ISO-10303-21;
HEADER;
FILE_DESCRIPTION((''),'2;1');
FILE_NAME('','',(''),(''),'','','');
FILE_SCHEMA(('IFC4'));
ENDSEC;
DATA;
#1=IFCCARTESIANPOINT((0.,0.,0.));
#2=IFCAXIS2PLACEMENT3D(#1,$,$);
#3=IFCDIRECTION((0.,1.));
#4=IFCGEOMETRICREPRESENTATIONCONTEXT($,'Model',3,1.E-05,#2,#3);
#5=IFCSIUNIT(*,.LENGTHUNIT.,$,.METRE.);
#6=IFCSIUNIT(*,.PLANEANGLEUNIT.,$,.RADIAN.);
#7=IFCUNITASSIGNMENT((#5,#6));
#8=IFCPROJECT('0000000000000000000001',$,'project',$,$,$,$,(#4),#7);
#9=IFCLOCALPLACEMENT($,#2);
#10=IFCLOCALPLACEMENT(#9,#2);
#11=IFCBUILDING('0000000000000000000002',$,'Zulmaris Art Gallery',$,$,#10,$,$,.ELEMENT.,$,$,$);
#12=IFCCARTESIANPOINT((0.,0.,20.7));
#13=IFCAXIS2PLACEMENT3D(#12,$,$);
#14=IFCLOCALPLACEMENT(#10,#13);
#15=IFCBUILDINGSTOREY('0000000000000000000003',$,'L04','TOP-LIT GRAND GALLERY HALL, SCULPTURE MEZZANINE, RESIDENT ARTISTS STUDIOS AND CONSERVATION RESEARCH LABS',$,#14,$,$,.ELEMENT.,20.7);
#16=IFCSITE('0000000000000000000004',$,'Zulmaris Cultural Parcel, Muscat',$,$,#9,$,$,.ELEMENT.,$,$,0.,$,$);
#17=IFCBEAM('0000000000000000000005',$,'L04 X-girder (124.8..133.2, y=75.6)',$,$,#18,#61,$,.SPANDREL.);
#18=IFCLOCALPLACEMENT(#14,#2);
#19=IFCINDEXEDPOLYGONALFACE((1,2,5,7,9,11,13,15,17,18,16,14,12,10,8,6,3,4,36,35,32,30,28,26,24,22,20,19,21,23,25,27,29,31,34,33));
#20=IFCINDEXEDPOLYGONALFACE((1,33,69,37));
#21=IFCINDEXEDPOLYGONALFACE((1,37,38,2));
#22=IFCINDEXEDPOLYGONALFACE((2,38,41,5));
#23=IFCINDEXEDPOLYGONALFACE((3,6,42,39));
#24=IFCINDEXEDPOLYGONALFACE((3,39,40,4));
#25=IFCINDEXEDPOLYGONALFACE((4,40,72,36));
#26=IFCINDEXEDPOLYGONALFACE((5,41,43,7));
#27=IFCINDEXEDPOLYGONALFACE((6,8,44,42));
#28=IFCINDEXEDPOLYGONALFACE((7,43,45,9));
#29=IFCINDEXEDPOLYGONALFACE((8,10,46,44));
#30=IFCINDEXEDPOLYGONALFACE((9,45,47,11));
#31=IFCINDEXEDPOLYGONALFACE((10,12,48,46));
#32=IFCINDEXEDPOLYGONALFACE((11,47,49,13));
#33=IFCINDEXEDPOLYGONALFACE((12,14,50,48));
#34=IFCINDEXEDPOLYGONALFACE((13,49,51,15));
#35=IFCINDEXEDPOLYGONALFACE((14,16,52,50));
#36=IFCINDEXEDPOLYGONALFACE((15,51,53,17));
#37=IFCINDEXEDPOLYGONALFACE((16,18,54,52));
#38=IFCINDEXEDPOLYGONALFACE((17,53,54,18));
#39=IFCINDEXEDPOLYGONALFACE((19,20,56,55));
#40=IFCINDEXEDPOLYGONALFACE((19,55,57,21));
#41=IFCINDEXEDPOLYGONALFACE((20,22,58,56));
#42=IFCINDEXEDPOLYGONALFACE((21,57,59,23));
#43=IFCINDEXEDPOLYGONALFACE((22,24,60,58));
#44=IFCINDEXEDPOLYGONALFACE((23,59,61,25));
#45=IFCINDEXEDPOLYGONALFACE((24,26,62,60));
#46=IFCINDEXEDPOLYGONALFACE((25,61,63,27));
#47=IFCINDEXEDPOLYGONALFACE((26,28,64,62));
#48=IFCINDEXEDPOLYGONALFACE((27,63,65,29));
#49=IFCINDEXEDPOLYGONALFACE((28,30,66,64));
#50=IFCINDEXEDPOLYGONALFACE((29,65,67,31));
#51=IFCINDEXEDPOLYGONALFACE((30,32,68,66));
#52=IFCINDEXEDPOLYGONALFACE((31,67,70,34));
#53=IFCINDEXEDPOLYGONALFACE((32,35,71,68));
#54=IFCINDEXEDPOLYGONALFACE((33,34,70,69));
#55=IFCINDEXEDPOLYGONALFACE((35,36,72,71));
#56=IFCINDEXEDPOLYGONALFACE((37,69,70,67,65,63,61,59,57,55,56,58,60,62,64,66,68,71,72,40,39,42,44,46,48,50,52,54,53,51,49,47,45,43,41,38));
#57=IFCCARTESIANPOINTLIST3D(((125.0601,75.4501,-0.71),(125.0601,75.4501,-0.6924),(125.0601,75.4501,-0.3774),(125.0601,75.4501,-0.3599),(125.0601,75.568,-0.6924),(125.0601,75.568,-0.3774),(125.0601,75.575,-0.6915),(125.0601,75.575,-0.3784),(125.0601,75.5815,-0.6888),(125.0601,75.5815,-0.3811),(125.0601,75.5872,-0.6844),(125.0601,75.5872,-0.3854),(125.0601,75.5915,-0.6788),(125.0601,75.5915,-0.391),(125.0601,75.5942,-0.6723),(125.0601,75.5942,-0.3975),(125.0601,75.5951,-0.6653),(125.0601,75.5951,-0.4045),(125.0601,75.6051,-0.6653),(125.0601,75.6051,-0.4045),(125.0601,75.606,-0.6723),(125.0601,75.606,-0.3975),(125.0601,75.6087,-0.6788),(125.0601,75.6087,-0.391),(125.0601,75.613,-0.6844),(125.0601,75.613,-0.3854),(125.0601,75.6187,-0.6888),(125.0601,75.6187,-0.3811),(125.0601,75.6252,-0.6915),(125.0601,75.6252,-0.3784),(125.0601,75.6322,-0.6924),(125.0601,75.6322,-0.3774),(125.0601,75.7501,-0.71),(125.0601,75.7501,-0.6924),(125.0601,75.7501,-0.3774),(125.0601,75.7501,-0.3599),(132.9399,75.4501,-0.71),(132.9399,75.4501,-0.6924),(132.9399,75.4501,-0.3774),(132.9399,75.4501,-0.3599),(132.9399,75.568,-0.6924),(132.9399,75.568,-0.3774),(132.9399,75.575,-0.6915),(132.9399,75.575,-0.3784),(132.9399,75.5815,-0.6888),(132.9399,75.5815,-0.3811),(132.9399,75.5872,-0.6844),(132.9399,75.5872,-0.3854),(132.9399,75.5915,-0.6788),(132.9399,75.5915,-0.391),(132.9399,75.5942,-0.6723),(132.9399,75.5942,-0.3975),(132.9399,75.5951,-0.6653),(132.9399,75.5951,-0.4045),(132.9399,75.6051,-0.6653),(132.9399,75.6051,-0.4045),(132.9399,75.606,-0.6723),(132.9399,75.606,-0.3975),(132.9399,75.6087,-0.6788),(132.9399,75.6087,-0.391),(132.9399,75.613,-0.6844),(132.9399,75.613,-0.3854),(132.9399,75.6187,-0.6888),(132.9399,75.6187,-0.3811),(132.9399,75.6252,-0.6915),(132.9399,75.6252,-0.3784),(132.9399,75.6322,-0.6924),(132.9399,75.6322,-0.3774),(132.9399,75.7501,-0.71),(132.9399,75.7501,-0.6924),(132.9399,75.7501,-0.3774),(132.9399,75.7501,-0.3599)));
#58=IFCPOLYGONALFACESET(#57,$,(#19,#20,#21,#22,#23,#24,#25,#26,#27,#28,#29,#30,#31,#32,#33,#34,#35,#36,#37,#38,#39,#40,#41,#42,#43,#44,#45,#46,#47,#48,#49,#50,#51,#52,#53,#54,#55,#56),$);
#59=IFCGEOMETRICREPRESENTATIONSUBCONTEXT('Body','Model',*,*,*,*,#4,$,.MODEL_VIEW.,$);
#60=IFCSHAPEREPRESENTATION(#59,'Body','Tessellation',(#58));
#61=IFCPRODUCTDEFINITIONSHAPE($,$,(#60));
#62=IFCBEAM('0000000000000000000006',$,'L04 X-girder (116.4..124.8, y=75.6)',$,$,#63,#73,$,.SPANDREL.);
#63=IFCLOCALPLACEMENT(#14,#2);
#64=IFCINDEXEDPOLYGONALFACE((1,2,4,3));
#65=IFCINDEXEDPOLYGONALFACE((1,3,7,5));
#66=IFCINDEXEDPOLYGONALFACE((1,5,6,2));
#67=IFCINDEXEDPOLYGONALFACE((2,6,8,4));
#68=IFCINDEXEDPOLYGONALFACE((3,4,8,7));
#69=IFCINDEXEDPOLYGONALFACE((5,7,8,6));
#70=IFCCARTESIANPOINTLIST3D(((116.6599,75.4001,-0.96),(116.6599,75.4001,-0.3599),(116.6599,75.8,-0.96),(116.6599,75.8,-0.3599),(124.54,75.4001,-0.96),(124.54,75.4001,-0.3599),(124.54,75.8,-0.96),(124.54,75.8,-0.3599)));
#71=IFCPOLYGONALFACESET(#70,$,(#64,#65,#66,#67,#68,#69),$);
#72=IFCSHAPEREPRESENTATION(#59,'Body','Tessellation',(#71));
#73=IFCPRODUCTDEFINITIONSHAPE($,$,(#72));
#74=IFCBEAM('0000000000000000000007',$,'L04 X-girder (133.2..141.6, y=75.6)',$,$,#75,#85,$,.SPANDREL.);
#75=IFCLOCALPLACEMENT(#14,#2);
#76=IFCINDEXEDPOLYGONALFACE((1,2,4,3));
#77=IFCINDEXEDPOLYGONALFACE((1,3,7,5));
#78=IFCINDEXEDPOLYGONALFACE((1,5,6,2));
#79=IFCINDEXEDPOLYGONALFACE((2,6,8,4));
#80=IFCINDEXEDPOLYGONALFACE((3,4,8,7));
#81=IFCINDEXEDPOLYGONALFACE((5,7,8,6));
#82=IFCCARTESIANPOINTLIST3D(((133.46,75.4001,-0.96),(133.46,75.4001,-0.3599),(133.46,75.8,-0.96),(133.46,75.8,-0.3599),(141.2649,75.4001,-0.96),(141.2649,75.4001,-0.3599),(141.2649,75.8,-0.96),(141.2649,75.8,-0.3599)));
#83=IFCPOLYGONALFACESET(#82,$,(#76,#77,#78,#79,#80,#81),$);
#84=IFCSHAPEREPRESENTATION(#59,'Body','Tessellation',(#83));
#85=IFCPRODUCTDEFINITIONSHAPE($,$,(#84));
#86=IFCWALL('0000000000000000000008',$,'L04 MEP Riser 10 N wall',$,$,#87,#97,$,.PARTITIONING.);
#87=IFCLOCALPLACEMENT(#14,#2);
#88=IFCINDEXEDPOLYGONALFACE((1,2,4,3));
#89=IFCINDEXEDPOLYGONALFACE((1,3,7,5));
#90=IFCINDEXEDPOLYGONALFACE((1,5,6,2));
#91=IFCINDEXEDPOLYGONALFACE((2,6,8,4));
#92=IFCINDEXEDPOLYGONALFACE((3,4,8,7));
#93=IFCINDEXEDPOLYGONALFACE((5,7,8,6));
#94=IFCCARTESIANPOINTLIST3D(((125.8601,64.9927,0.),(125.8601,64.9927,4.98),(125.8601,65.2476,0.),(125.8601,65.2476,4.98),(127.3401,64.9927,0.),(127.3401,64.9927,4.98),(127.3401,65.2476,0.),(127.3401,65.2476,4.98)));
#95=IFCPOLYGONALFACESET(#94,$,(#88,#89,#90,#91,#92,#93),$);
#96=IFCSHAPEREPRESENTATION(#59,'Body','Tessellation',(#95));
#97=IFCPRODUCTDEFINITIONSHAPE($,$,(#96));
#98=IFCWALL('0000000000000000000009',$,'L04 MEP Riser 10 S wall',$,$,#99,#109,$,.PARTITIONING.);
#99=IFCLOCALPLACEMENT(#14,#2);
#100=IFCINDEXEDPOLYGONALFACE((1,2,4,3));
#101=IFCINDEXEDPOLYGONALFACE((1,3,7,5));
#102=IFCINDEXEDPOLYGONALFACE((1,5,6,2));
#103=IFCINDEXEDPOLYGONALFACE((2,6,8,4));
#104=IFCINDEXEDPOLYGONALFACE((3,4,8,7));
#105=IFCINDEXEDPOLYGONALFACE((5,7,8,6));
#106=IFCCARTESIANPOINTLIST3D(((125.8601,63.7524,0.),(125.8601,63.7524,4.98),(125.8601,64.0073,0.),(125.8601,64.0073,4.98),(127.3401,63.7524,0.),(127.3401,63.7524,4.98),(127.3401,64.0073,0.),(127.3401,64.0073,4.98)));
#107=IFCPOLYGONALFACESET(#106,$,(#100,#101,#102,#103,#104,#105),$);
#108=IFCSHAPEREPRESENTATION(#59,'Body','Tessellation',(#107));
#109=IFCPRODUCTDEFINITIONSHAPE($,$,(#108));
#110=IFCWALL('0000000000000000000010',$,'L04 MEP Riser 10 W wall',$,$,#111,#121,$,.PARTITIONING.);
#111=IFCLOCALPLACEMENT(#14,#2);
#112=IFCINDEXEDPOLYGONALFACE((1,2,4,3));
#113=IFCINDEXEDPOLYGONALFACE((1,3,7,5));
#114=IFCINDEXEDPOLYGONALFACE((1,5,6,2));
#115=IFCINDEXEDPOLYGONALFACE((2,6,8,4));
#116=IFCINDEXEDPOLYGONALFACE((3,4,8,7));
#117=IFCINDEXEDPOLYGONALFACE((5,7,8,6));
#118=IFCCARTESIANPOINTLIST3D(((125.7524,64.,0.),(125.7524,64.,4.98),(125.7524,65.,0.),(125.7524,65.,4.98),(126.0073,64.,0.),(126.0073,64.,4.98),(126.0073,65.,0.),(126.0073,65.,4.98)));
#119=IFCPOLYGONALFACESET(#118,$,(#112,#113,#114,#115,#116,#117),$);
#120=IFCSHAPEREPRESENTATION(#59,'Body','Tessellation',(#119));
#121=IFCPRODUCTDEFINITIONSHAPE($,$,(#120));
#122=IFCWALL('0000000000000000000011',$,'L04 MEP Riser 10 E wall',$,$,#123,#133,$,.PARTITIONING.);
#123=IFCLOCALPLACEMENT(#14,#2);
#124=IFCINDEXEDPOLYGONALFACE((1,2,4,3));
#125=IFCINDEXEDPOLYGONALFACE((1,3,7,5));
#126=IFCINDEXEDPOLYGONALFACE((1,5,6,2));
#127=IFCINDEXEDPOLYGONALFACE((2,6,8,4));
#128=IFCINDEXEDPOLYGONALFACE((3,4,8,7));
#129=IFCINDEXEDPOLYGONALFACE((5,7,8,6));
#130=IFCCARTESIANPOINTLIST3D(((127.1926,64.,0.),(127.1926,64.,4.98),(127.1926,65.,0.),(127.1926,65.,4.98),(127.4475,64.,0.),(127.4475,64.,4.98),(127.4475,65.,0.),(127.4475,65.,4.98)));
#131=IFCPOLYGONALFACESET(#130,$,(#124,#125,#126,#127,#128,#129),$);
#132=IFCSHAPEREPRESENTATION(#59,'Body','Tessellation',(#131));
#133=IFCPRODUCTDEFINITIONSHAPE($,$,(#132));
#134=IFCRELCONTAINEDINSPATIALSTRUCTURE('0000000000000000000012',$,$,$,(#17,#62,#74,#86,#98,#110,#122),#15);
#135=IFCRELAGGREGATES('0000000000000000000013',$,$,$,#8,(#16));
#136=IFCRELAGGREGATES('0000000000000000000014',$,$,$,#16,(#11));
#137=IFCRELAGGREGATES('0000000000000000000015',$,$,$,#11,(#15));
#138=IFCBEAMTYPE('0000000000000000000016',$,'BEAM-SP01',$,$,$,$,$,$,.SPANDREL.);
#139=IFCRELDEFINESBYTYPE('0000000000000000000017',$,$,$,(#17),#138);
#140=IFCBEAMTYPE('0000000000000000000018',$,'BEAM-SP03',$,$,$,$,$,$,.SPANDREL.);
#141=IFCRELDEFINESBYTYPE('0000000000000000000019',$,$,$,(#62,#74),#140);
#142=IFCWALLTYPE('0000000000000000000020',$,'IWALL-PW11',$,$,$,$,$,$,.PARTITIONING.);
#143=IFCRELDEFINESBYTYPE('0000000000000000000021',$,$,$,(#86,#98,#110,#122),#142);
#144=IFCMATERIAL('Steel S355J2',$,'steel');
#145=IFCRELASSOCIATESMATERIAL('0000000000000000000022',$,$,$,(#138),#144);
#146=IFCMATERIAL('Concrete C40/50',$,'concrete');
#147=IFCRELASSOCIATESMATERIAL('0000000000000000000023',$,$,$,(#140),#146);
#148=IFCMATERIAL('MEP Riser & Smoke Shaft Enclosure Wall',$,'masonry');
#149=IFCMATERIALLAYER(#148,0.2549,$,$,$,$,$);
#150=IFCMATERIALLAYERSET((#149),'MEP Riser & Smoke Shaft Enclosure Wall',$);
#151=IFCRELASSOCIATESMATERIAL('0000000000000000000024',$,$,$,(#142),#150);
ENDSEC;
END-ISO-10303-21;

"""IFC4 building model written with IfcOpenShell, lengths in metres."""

from ifc_helpers import new_model, si_unit, direction, frame, frame_2d, origin, origin_2d, place, context, subcontext, project, spatial, rectangle, i_section, extrude, material, layer, layer_set, material_profile, profile_set, type_object, element, save


model = new_model("IFC4")

# Units and contexts
model_context = context("Model", 3, precision=1e-05, world=origin(), true_north=direction((0.0, 1.0)))
body_context = subcontext(model_context, "Body", "Model", "MODEL_VIEW")
ifc_project = project(units=[si_unit("LENGTHUNIT", "METRE"), si_unit("PLANEANGLEUNIT", "RADIAN")], contexts=[model_context])

# Site, building, storey
site_placement = place(None, origin())
site = spatial("IfcSite", under=ifc_project, at=site_placement, Name="Zulmaris Cultural Parcel, Muscat", CompositionType="ELEMENT", RefElevation=0.0)
building_placement = place(site_placement, origin())
building = spatial("IfcBuilding", under=site, at=building_placement, Name="Zulmaris Art Gallery", CompositionType="ELEMENT")
storey_placement = place(building_placement, frame((0.0, 0.0, 20.7)))
storey = spatial("IfcBuildingStorey", under=building, at=storey_placement, Name="L04", Description="TOP-LIT GRAND GALLERY HALL, SCULPTURE MEZZANINE, RESIDENT ARTISTS STUDIOS AND CONSERVATION RESEARCH LABS", CompositionType="ELEMENT", Elevation=20.7)

# Beams
ifc_material_1 = material(Name="Steel S355J2", Category="steel")
ifc_material_profile_1 = material_profile(ifc_material_1, i_section(OverallWidth=0.3, OverallDepth=0.3501, WebThickness=0.01, FlangeThickness=0.0176, FilletRadius=0.0271, at=origin_2d()), Name="HEA 360")
ifc_profile_set_1 = profile_set([ifc_material_profile_1], Name="Steel S355J2")
beam_type_1 = type_object("IfcBeamType", Name="BEAM-SP01", PredefinedType="SPANDREL", material=ifc_profile_set_1)
for number, where, z_axis, x_axis, name in (
    (1, (125.0601, 75.6001, -0.5349), (1.0, 0.0, 0.0), (0.0, 1.0, 0.0), "L04 X-girder (124.8..133.2, y=75.6)"),
):
    element("IfcBeam", number, at=place(storey_placement, frame(where, z_axis=z_axis, x_axis=x_axis)), inside=storey, type_object=beam_type_1, Name=name, PredefinedType="SPANDREL", context=body_context, shape_type="SweptSolid", body=[
        extrude(i_section(OverallWidth=0.3, OverallDepth=0.3501, WebThickness=0.01, FlangeThickness=0.0176, FilletRadius=0.0271, at=origin_2d()), origin(), (0.0, 0.0, 1.0), 7.8799),
    ])
ifc_material_2 = material(Name="Concrete C40/50", Category="concrete")
ifc_material_profile_2 = material_profile(ifc_material_2, rectangle(XDim=0.3999, YDim=0.6001, at=origin_2d()), Name="RC 400x600")
ifc_profile_set_2 = profile_set([ifc_material_profile_2], Name="Concrete C40/50")
beam_type_2 = type_object("IfcBeamType", Name="BEAM-SP03", PredefinedType="SPANDREL", material=ifc_profile_set_2)
beam_1_placement = place(storey_placement, frame((116.6599, 75.6001, -0.6599), z_axis=(1.0, 0.0, 0.0), x_axis=(0.0, 1.0, 0.0)))
element("IfcBeam", 2, at=beam_1_placement, inside=storey, type_object=beam_type_2, Name="L04 X-girder (116.4..124.8, y=75.6)", PredefinedType="SPANDREL", context=body_context, shape_type="SweptSolid", body=[
    extrude(rectangle(XDim=0.3999, YDim=0.6001, at=origin_2d()), origin(), (0.0, 0.0, 1.0), 7.8801),
])
beam_2_placement = place(storey_placement, frame((133.46, 75.6001, -0.6599), z_axis=(1.0, 0.0, 0.0), x_axis=(0.0, 1.0, 0.0)))
element("IfcBeam", 3, at=beam_2_placement, inside=storey, type_object=beam_type_2, Name="L04 X-girder (133.2..141.6, y=75.6)", PredefinedType="SPANDREL", context=body_context, shape_type="SweptSolid", body=[
    extrude(rectangle(XDim=0.3999, YDim=0.6001, at=origin_2d()), origin(), (0.0, 0.0, 1.0), 7.8049),
])

# Walls
ifc_material_3 = material(Name="MEP Riser & Smoke Shaft Enclosure Wall", Category="masonry")
ifc_layer = layer(ifc_material_3, 0.2549)
ifc_layer_set = layer_set([ifc_layer], Name="MEP Riser & Smoke Shaft Enclosure Wall")
wall_type = type_object("IfcWallType", Name="IWALL-PW11", PredefinedType="PARTITIONING", material=ifc_layer_set)
for number, where, z_axis, x_axis, name in (
    (4, (125.8601, 65.1201, 0.0), (0.0, 0.0, 1.0), (1.0, 0.0, 0.0), "L04 MEP Riser 10 N wall"),
    (5, (125.8601, 63.8799, 0.0), (0.0, 0.0, 1.0), (1.0, 0.0, 0.0), "L04 MEP Riser 10 S wall"),
):
    element("IfcWall", number, at=place(storey_placement, frame(where, z_axis=z_axis, x_axis=x_axis)), inside=storey, type_object=wall_type, Name=name, PredefinedType="PARTITIONING", context=body_context, shape_type="SweptSolid", body=[
        extrude(rectangle(XDim=1.48, YDim=0.2549, at=frame_2d((0.74, 0.0))), origin(), (0.0, 0.0, 1.0), 4.98),
    ])
for number, where, z_axis, x_axis, name in (
    (6, (125.8799, 64.0, 0.0), (0.0, 0.0, 1.0), (0.0, 1.0, 0.0), "L04 MEP Riser 10 W wall"),
    (7, (127.3201, 64.0, 0.0), (0.0, 0.0, 1.0), (0.0, 1.0, 0.0), "L04 MEP Riser 10 E wall"),
):
    element("IfcWall", number, at=place(storey_placement, frame(where, z_axis=z_axis, x_axis=x_axis)), inside=storey, type_object=wall_type, Name=name, PredefinedType="PARTITIONING", context=body_context, shape_type="SweptSolid", body=[
        extrude(rectangle(XDim=1.0, YDim=0.2549, at=frame_2d((0.5, 0.0))), origin(), (0.0, 0.0, 1.0), 4.98),
    ])

save(model, "model.ifc")
